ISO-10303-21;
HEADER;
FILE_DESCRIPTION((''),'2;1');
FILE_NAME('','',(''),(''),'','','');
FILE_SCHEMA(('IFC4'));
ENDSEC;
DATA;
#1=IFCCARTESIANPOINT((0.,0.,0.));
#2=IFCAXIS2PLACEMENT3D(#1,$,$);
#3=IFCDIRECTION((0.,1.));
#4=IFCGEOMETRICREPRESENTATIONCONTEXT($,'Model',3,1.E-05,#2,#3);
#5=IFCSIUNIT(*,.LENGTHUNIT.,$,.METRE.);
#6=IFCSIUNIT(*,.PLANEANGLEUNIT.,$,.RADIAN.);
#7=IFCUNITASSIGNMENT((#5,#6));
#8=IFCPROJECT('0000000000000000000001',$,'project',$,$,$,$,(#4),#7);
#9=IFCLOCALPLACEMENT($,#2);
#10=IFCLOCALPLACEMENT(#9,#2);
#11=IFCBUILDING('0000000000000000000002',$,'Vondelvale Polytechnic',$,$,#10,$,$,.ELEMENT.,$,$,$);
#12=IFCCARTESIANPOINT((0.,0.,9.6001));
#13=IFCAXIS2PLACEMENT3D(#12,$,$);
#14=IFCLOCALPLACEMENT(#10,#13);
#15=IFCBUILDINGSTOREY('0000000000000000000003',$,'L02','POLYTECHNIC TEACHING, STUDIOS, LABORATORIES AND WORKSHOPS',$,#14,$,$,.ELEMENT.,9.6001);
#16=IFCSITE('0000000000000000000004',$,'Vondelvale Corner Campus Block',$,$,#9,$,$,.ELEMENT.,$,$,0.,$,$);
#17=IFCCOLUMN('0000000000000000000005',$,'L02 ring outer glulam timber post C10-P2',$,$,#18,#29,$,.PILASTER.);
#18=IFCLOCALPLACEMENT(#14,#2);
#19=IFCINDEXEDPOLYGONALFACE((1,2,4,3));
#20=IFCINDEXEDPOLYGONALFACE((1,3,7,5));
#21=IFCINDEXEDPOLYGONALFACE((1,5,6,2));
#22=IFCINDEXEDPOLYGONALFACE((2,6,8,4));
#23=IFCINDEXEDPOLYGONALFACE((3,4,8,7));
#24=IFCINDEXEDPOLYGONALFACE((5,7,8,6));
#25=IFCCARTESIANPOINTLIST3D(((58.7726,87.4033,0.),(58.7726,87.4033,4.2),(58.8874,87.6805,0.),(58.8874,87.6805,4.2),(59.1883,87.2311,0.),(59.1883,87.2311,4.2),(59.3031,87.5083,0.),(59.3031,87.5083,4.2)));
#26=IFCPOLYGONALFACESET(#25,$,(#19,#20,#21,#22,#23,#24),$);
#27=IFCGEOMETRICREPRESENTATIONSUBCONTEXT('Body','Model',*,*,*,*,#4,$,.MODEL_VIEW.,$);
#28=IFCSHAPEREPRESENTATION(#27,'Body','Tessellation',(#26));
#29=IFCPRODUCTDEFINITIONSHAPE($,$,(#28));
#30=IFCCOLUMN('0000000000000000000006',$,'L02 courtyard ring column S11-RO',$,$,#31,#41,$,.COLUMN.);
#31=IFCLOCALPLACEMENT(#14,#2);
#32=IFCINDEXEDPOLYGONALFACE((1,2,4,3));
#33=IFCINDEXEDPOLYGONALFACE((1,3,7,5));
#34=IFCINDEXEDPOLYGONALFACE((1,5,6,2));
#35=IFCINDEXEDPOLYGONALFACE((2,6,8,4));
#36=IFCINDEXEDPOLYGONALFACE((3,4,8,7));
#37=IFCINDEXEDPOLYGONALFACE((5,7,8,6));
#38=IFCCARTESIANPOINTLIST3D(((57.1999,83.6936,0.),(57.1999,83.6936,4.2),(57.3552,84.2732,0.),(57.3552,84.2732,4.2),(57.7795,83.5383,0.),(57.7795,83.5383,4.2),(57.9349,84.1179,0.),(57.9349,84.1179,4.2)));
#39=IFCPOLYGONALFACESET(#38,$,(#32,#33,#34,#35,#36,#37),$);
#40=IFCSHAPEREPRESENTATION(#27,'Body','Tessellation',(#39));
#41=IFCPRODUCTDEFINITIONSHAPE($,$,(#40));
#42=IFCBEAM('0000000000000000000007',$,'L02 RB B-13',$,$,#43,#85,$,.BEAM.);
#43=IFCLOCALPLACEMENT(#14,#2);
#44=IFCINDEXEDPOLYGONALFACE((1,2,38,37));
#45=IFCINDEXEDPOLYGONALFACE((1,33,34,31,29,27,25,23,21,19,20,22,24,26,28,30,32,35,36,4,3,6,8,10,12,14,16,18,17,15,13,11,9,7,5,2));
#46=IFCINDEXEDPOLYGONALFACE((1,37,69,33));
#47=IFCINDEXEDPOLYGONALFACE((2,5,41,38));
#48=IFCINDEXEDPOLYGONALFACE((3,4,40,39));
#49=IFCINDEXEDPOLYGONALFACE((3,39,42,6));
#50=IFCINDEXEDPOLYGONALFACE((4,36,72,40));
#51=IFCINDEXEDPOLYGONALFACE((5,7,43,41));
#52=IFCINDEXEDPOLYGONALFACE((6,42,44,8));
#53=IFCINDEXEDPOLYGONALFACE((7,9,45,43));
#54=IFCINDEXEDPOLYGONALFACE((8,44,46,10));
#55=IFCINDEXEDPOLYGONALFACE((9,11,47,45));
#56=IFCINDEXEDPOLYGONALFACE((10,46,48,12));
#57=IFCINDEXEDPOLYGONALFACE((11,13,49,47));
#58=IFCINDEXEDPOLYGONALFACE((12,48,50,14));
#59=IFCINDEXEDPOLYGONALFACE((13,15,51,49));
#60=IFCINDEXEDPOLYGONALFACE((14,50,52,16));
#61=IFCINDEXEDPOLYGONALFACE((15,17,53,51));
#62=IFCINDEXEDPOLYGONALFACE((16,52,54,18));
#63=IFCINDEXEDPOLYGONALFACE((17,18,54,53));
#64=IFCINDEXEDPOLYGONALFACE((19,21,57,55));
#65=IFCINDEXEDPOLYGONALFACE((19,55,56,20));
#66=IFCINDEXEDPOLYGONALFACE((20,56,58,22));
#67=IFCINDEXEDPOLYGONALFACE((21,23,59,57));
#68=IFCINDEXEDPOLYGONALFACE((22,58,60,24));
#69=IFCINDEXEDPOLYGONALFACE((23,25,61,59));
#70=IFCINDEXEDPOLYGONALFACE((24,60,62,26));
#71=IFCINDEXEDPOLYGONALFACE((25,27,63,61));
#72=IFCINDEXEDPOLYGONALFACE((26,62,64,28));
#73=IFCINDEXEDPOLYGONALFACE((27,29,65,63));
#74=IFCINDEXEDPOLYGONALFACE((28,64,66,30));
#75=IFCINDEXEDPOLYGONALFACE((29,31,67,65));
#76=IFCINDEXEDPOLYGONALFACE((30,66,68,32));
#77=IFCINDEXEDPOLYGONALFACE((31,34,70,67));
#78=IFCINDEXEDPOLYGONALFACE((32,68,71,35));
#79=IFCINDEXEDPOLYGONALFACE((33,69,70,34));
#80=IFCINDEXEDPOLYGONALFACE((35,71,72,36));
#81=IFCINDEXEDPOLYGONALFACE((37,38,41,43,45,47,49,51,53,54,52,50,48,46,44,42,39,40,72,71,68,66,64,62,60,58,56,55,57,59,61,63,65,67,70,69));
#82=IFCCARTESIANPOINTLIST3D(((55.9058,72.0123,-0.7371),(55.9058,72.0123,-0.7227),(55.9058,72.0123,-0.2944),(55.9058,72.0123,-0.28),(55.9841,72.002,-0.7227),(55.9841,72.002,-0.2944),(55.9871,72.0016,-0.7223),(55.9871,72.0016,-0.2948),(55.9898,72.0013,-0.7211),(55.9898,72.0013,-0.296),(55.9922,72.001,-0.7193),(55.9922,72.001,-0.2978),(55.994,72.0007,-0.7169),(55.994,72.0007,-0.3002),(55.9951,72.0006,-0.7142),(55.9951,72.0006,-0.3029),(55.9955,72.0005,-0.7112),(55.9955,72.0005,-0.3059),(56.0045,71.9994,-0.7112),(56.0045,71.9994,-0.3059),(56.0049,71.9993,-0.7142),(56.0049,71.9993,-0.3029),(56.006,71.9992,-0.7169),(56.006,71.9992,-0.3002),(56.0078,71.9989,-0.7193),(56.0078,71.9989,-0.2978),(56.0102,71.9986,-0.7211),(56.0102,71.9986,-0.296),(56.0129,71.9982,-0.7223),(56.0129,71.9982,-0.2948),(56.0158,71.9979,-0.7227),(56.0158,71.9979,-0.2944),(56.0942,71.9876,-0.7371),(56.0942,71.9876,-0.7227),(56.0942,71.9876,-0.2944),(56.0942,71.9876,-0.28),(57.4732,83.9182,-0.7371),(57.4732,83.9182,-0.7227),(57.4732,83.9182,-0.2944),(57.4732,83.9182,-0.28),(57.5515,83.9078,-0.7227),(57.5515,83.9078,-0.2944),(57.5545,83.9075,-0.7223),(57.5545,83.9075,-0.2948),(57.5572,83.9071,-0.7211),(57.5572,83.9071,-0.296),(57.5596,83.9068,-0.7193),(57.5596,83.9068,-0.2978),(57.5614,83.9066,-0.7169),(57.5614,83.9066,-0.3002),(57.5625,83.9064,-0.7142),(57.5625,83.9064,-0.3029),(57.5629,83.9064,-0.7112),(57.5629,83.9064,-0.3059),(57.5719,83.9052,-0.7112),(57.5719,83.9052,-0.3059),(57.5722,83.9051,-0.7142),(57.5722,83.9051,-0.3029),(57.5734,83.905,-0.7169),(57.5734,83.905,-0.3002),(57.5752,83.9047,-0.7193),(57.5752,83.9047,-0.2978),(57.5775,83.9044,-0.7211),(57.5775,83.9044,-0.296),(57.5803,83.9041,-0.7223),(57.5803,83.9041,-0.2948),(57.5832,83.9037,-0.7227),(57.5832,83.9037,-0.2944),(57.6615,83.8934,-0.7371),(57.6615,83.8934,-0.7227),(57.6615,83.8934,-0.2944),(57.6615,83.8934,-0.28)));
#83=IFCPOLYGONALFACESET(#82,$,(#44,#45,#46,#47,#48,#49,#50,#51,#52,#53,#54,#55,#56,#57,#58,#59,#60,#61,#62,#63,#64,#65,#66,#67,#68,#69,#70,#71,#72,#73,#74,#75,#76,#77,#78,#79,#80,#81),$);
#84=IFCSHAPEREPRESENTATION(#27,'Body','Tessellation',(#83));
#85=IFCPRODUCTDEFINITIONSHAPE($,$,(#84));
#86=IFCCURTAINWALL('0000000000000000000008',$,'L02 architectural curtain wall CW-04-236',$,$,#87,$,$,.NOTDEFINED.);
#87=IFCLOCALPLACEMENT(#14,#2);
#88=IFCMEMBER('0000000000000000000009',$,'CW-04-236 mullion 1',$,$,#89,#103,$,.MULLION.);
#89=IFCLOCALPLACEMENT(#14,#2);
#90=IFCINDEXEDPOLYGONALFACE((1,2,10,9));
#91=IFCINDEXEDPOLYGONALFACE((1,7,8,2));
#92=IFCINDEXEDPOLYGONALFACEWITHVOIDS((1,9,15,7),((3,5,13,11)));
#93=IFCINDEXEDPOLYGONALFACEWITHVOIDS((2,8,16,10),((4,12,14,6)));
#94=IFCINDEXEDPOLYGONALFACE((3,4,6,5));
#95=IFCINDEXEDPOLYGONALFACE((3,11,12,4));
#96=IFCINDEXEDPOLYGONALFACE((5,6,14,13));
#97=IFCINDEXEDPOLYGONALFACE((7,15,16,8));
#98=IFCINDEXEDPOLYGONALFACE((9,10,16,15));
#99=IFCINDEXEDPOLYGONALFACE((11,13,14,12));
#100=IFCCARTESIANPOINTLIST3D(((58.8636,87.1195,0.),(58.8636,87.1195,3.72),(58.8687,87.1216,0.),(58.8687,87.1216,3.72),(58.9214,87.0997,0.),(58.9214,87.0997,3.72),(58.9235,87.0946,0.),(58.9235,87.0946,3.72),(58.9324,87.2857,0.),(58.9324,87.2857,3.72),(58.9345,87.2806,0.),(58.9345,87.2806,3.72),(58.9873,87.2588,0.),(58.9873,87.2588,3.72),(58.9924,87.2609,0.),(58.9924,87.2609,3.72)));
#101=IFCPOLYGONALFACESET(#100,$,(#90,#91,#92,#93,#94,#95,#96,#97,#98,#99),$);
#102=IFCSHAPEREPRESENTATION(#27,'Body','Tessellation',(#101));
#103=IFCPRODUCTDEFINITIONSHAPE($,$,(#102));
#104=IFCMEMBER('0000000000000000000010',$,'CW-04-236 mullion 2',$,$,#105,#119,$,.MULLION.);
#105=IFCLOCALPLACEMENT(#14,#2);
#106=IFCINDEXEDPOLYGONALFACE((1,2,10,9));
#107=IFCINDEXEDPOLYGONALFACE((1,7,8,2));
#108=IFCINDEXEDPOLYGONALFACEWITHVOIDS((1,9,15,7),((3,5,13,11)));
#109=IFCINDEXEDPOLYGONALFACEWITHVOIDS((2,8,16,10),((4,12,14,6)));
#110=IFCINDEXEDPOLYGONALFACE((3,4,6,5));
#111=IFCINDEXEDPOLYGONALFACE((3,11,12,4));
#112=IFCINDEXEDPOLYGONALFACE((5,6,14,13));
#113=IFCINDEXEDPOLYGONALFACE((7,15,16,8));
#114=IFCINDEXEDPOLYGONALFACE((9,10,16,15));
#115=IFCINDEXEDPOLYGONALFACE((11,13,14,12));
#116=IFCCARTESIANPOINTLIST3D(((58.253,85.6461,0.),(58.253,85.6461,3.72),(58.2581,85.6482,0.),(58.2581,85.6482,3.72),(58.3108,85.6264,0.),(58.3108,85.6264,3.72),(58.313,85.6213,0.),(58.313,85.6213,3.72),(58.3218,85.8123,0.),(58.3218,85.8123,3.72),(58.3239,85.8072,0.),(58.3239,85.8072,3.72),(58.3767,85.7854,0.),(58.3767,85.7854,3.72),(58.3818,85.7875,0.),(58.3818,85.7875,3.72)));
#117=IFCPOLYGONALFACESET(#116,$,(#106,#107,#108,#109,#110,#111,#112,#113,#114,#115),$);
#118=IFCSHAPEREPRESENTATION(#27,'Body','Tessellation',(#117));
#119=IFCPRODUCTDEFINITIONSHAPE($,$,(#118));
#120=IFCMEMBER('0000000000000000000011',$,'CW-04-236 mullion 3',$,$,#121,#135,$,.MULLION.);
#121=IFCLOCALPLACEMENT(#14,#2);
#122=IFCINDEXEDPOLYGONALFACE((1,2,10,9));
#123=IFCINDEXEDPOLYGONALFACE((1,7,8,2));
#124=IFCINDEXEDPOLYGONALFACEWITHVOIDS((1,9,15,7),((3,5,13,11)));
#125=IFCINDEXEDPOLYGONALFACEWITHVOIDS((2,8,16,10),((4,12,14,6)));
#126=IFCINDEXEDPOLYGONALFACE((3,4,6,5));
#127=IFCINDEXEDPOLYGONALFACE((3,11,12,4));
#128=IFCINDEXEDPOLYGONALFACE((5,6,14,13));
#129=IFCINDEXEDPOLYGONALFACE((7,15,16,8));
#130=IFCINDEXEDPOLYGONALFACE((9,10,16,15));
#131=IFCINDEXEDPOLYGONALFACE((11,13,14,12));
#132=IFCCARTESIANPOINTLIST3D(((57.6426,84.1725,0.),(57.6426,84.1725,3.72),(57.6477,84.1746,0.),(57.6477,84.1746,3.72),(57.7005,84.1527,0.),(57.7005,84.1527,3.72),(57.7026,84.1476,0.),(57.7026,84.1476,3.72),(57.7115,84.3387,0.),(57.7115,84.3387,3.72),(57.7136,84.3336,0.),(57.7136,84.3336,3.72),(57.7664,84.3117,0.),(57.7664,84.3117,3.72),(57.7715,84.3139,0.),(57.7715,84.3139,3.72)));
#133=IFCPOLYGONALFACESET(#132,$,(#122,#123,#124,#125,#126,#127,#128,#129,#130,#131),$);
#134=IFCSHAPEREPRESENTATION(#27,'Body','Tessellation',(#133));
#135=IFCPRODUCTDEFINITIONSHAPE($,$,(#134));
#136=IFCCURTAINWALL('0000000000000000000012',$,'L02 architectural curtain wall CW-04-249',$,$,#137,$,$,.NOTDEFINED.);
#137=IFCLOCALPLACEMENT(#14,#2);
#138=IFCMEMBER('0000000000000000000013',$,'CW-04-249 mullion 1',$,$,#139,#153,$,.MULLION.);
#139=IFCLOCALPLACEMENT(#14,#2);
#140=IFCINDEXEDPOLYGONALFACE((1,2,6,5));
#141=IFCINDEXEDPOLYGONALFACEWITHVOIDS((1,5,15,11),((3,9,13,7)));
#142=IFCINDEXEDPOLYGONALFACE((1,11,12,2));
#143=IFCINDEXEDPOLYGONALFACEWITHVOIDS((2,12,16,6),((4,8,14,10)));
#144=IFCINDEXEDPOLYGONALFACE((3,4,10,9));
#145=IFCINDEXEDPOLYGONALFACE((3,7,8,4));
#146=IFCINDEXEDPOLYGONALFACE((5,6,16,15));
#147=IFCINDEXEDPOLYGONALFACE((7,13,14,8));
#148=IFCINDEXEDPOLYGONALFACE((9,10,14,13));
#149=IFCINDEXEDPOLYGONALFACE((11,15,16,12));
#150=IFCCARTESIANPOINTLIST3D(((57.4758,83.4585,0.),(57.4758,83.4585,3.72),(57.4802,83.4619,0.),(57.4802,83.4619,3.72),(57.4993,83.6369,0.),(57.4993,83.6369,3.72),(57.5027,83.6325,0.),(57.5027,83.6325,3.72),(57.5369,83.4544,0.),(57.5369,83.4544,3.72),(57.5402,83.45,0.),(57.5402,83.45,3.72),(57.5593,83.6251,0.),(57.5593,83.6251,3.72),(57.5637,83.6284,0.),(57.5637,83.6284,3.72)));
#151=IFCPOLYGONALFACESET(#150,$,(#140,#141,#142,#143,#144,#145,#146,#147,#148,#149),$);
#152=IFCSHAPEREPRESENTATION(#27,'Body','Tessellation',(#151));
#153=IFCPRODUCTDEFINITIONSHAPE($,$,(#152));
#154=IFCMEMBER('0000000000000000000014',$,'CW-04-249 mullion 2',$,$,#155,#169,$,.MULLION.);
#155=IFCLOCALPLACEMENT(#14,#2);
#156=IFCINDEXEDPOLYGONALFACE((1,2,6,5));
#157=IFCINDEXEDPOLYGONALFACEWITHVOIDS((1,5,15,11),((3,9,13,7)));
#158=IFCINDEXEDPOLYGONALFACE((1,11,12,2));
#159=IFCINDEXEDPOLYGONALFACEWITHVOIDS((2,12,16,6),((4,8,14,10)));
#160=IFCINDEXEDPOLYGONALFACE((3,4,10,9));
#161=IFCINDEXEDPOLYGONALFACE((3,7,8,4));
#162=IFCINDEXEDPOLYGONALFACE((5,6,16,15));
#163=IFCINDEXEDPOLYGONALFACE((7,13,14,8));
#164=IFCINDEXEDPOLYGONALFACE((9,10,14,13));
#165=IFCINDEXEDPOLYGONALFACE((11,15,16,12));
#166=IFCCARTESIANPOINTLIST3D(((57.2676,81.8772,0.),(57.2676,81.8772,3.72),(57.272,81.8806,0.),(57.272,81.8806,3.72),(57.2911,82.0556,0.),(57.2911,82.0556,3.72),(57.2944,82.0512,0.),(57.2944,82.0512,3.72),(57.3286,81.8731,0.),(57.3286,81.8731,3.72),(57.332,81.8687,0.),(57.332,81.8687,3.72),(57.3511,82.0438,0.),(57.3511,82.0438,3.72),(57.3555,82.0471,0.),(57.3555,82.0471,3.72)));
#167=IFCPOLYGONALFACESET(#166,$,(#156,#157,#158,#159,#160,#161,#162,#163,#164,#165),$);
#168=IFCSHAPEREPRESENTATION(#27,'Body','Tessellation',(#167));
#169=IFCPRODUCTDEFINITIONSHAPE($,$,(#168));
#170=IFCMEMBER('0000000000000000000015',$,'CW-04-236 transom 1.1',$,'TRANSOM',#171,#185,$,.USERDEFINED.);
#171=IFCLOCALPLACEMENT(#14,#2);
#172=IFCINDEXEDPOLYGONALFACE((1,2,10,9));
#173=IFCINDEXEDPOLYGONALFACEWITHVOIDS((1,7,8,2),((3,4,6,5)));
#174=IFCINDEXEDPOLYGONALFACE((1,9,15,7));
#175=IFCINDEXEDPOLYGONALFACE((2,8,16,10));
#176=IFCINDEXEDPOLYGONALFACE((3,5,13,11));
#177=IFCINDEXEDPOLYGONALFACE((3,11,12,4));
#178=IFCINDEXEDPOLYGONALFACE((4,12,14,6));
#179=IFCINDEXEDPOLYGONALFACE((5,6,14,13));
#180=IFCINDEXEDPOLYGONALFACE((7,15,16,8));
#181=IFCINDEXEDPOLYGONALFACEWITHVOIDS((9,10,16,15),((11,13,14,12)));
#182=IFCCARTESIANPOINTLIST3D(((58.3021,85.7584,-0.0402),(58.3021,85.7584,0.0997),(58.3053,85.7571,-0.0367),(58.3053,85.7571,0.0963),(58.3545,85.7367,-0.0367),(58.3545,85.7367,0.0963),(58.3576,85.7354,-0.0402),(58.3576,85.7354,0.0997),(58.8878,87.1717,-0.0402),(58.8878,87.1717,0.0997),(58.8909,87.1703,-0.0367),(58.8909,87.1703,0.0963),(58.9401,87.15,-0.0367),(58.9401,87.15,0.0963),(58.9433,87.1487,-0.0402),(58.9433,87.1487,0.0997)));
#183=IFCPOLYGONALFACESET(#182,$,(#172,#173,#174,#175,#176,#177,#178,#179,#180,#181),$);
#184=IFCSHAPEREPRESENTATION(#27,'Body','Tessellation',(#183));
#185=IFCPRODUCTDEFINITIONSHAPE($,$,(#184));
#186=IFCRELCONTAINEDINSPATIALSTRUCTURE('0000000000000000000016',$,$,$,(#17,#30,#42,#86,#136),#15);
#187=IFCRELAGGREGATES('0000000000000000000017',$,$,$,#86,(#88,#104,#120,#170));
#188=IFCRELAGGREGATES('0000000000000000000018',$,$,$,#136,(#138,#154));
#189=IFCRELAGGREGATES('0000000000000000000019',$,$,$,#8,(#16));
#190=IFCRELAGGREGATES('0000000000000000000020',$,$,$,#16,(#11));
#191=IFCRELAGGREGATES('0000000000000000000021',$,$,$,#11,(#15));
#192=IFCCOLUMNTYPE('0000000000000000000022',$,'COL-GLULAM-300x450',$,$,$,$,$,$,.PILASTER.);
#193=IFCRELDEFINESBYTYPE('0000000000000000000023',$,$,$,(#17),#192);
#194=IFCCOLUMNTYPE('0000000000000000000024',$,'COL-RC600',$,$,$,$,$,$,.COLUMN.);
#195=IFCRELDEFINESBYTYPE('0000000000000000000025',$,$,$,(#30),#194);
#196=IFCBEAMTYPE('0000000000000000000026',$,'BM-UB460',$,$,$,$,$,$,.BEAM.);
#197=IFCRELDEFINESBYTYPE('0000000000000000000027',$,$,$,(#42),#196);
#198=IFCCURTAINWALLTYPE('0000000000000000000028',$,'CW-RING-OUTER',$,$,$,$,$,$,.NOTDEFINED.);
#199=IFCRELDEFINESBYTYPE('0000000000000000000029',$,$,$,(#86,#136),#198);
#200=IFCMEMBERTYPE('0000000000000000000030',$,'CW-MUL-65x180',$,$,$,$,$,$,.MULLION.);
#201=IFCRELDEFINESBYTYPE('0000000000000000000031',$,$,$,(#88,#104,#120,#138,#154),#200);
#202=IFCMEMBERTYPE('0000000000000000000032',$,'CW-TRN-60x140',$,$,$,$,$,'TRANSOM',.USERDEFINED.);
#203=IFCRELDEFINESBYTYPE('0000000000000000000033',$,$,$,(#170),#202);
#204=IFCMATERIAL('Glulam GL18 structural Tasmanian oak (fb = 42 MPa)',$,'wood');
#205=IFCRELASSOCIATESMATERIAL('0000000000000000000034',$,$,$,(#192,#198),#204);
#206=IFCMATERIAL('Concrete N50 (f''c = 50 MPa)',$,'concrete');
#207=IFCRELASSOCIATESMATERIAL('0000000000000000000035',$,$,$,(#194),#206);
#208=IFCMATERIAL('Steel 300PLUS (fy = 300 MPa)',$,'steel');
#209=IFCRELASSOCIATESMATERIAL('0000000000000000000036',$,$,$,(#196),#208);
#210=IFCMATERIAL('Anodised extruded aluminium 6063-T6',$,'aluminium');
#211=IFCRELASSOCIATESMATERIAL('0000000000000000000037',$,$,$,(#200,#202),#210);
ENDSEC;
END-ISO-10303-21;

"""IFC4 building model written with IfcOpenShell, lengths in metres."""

from ifc_helpers import new_model, si_unit, direction, frame, origin, origin_2d, place, context, subcontext, project, spatial, rectangle, hollow_rectangle, i_section, extrude, material, material_profile, profile_set, type_object, element, aggregate, save


model = new_model("IFC4")

# Units and contexts
model_context = context("Model", 3, precision=1e-05, world=origin(), true_north=direction((0.0, 1.0)))
body_context = subcontext(model_context, "Body", "Model", "MODEL_VIEW")
ifc_project = project(units=[si_unit("LENGTHUNIT", "METRE"), si_unit("PLANEANGLEUNIT", "RADIAN")], contexts=[model_context])

# Site, building, storey
site_placement = place(None, origin())
site = spatial("IfcSite", under=ifc_project, at=site_placement, Name="Vondelvale Corner Campus Block", CompositionType="ELEMENT", RefElevation=0.0)
building_placement = place(site_placement, origin())
building = spatial("IfcBuilding", under=site, at=building_placement, Name="Vondelvale Polytechnic", CompositionType="ELEMENT")
storey_placement = place(building_placement, frame((0.0, 0.0, 9.6001)))
storey = spatial("IfcBuildingStorey", under=building, at=storey_placement, Name="L02", Description="POLYTECHNIC TEACHING, STUDIOS, LABORATORIES AND WORKSHOPS", CompositionType="ELEMENT", Elevation=9.6001)

# Columns
ifc_material_1 = material(Name="Glulam GL18 structural Tasmanian oak (fb = 42 MPa)", Category="wood")
ifc_material_profile_1 = material_profile(ifc_material_1, rectangle(XDim=0.3, YDim=0.45, at=origin_2d()), Name="GL-POST-300x450")
ifc_profile_set_1 = profile_set([ifc_material_profile_1], Name="Glulam GL18 structural Tasmanian oak (fb = 42 MPa)")
column_type_1 = type_object("IfcColumnType", Name="COL-GLULAM-300x450", PredefinedType="PILASTER", material=ifc_profile_set_1)
column_1_placement = place(storey_placement, frame((59.0378, 87.4558, 0.0), z_axis=(0.0, 0.0, 1.0), x_axis=(0.382683, 0.92388, 0.0)))
element("IfcColumn", 1, at=column_1_placement, inside=storey, type_object=column_type_1, Name="L02 ring outer glulam timber post C10-P2", PredefinedType="PILASTER", context=body_context, shape_type="SweptSolid", body=[
    extrude(rectangle(XDim=0.3, YDim=0.45, at=origin_2d()), origin(), (0.0, 0.0, 1.0), 4.2),
])
ifc_material_2 = material(Name="Concrete N50 (f'c = 50 MPa)", Category="concrete")
ifc_material_profile_2 = material_profile(ifc_material_2, rectangle(XDim=0.6001, YDim=0.6001, at=origin_2d()), Name="RC-COL-600x600")
ifc_profile_set_2 = profile_set([ifc_material_profile_2], Name="Concrete N50 (f'c = 50 MPa)")
column_type_2 = type_object("IfcColumnType", Name="COL-RC600", PredefinedType="COLUMN", material=ifc_profile_set_2)
column_2_placement = place(storey_placement, frame((57.5674, 83.9058, 0.0), z_axis=(0.0, 0.0, 1.0), x_axis=(-0.965926, 0.258819, 0.0)))
element("IfcColumn", 2, at=column_2_placement, inside=storey, type_object=column_type_2, Name="L02 courtyard ring column S11-RO", PredefinedType="COLUMN", context=body_context, shape_type="SweptSolid", body=[
    extrude(rectangle(XDim=0.6001, YDim=0.6001, at=origin_2d()), origin(), (0.0, 0.0, 1.0), 4.2),
])

# Beam
ifc_material_3 = material(Name="Steel 300PLUS (fy = 300 MPa)", Category="steel")
ifc_material_profile_3 = material_profile(ifc_material_3, i_section(OverallWidth=0.1899, OverallDepth=0.457, WebThickness=0.009, FlangeThickness=0.0144, FilletRadius=0.0115, at=origin_2d()), Name="460UB74.6")
ifc_profile_set_3 = profile_set([ifc_material_profile_3], Name="Steel 300PLUS (fy = 300 MPa)")
beam_type = type_object("IfcBeamType", Name="BM-UB460", PredefinedType="BEAM", material=ifc_profile_set_3)
beam_placement = place(storey_placement, frame((57.5674, 83.9058, -0.5085), z_axis=(-0.130523, -0.991445, 0.0), x_axis=(0.991445, -0.130523, 0.0)))
element("IfcBeam", 3, at=beam_placement, inside=storey, type_object=beam_type, Name="L02 RB B-13", PredefinedType="BEAM", context=body_context, shape_type="SweptSolid", body=[
    extrude(i_section(OverallWidth=0.1899, OverallDepth=0.457, WebThickness=0.009, FlangeThickness=0.0144, FilletRadius=0.0115, at=origin_2d()), origin(), (0.0, 0.0, 1.0), 12.0085),
])

# Curtain walls, members
curtain_wall_type = type_object("IfcCurtainWallType", Name="CW-RING-OUTER", PredefinedType="NOTDEFINED", material=ifc_material_1)
curtain_wall_1_placement = place(storey_placement, origin())
curtain_wall_1 = element("IfcCurtainWall", 4, at=curtain_wall_1_placement, inside=storey, type_object=curtain_wall_type, Name="L02 architectural curtain wall CW-04-236", PredefinedType="NOTDEFINED")
ifc_material_4 = material(Name="Anodised extruded aluminium 6063-T6", Category="aluminium")
ifc_material_profile_4 = material_profile(ifc_material_4, hollow_rectangle(XDim=0.0649, YDim=0.1799, WallThickness=0.0039, at=origin_2d()), Name="CW-MUL-180x65")
ifc_profile_set_4 = profile_set([ifc_material_profile_4], Name="Anodised extruded aluminium 6063-T6")
member_type_1 = type_object("IfcMemberType", Name="CW-MUL-65x180", PredefinedType="MULLION", material=ifc_profile_set_4)
member_1_placement = place(storey_placement, frame((58.928, 87.1902, 0.0), z_axis=(0.0, 0.0, 1.0), x_axis=(0.923882, -0.382677, 0.0)))
member_1 = element("IfcMember", 5, at=member_1_placement, type_object=member_type_1, Name="CW-04-236 mullion 1", PredefinedType="MULLION", context=body_context, shape_type="SweptSolid", body=[
    extrude(hollow_rectangle(XDim=0.0649, YDim=0.1799, WallThickness=0.0039, at=origin_2d()), origin(), (0.0, 0.0, 1.0), 3.72),
])
member_2_placement = place(storey_placement, frame((58.3174, 85.7168, 0.0), z_axis=(0.0, 0.0, 1.0), x_axis=(0.923882, -0.382677, 0.0)))
member_2 = element("IfcMember", 6, at=member_2_placement, type_object=member_type_1, Name="CW-04-236 mullion 2", PredefinedType="MULLION", context=body_context, shape_type="SweptSolid", body=[
    extrude(hollow_rectangle(XDim=0.0649, YDim=0.1799, WallThickness=0.0039, at=origin_2d()), origin(), (0.0, 0.0, 1.0), 3.72),
])
member_3_placement = place(storey_placement, frame((57.707, 84.2432, 0.0), z_axis=(0.0, 0.0, 1.0), x_axis=(0.923882, -0.382677, 0.0)))
member_3 = element("IfcMember", 7, at=member_3_placement, type_object=member_type_1, Name="CW-04-236 mullion 3", PredefinedType="MULLION", context=body_context, shape_type="SweptSolid", body=[
    extrude(hollow_rectangle(XDim=0.0649, YDim=0.1799, WallThickness=0.0039, at=origin_2d()), origin(), (0.0, 0.0, 1.0), 3.72),
])
curtain_wall_2_placement = place(storey_placement, origin())
curtain_wall_2 = element("IfcCurtainWall", 8, at=curtain_wall_2_placement, inside=storey, type_object=curtain_wall_type, Name="L02 architectural curtain wall CW-04-249", PredefinedType="NOTDEFINED")
member_4_placement = place(storey_placement, frame((57.5198, 83.5435, 0.0), z_axis=(0.0, 0.0, 1.0), x_axis=(0.991443, -0.13054, 0.0)))
member_4 = element("IfcMember", 9, at=member_4_placement, type_object=member_type_1, Name="CW-04-249 mullion 1", PredefinedType="MULLION", context=body_context, shape_type="SweptSolid", body=[
    extrude(hollow_rectangle(XDim=0.0649, YDim=0.1799, WallThickness=0.0039, at=origin_2d()), origin(), (0.0, 0.0, 1.0), 3.72),
])
member_5_placement = place(storey_placement, frame((57.3115, 81.9622, 0.0), z_axis=(0.0, 0.0, 1.0), x_axis=(0.991443, -0.13054, 0.0)))
member_5 = element("IfcMember", 10, at=member_5_placement, type_object=member_type_1, Name="CW-04-249 mullion 2", PredefinedType="MULLION", context=body_context, shape_type="SweptSolid", body=[
    extrude(hollow_rectangle(XDim=0.0649, YDim=0.1799, WallThickness=0.0039, at=origin_2d()), origin(), (0.0, 0.0, 1.0), 3.72),
])

# Member
ifc_material_profile_5 = material_profile(ifc_material_4, hollow_rectangle(XDim=0.0601, YDim=0.1399, WallThickness=0.0034, at=origin_2d()), Name="CW-TRN-140x60")
ifc_profile_set_5 = profile_set([ifc_material_profile_5], Name="Anodised extruded aluminium 6063-T6")
member_type_2 = type_object("IfcMemberType", Name="CW-TRN-60x140", ElementType="TRANSOM", PredefinedType="USERDEFINED", material=ifc_profile_set_5)
member_6_placement = place(storey_placement, frame((58.9155, 87.1602, 0.0298), z_axis=(-0.382836, -0.923816, 0.0), x_axis=(0.923816, -0.382836, 0.0)))
member_6 = element("IfcMember", 11, at=member_6_placement, type_object=member_type_2, Name="CW-04-236 transom 1.1", ObjectType="TRANSOM", PredefinedType="USERDEFINED", context=body_context, shape_type="SweptSolid", body=[
    extrude(hollow_rectangle(XDim=0.0601, YDim=0.1399, WallThickness=0.0034, at=origin_2d()), origin(), (0.0, 0.0, 1.0), 1.5298),
])

aggregate(curtain_wall_1, [member_1, member_2, member_3, member_6])
aggregate(curtain_wall_2, [member_4, member_5])

save(model, "model.ifc")
